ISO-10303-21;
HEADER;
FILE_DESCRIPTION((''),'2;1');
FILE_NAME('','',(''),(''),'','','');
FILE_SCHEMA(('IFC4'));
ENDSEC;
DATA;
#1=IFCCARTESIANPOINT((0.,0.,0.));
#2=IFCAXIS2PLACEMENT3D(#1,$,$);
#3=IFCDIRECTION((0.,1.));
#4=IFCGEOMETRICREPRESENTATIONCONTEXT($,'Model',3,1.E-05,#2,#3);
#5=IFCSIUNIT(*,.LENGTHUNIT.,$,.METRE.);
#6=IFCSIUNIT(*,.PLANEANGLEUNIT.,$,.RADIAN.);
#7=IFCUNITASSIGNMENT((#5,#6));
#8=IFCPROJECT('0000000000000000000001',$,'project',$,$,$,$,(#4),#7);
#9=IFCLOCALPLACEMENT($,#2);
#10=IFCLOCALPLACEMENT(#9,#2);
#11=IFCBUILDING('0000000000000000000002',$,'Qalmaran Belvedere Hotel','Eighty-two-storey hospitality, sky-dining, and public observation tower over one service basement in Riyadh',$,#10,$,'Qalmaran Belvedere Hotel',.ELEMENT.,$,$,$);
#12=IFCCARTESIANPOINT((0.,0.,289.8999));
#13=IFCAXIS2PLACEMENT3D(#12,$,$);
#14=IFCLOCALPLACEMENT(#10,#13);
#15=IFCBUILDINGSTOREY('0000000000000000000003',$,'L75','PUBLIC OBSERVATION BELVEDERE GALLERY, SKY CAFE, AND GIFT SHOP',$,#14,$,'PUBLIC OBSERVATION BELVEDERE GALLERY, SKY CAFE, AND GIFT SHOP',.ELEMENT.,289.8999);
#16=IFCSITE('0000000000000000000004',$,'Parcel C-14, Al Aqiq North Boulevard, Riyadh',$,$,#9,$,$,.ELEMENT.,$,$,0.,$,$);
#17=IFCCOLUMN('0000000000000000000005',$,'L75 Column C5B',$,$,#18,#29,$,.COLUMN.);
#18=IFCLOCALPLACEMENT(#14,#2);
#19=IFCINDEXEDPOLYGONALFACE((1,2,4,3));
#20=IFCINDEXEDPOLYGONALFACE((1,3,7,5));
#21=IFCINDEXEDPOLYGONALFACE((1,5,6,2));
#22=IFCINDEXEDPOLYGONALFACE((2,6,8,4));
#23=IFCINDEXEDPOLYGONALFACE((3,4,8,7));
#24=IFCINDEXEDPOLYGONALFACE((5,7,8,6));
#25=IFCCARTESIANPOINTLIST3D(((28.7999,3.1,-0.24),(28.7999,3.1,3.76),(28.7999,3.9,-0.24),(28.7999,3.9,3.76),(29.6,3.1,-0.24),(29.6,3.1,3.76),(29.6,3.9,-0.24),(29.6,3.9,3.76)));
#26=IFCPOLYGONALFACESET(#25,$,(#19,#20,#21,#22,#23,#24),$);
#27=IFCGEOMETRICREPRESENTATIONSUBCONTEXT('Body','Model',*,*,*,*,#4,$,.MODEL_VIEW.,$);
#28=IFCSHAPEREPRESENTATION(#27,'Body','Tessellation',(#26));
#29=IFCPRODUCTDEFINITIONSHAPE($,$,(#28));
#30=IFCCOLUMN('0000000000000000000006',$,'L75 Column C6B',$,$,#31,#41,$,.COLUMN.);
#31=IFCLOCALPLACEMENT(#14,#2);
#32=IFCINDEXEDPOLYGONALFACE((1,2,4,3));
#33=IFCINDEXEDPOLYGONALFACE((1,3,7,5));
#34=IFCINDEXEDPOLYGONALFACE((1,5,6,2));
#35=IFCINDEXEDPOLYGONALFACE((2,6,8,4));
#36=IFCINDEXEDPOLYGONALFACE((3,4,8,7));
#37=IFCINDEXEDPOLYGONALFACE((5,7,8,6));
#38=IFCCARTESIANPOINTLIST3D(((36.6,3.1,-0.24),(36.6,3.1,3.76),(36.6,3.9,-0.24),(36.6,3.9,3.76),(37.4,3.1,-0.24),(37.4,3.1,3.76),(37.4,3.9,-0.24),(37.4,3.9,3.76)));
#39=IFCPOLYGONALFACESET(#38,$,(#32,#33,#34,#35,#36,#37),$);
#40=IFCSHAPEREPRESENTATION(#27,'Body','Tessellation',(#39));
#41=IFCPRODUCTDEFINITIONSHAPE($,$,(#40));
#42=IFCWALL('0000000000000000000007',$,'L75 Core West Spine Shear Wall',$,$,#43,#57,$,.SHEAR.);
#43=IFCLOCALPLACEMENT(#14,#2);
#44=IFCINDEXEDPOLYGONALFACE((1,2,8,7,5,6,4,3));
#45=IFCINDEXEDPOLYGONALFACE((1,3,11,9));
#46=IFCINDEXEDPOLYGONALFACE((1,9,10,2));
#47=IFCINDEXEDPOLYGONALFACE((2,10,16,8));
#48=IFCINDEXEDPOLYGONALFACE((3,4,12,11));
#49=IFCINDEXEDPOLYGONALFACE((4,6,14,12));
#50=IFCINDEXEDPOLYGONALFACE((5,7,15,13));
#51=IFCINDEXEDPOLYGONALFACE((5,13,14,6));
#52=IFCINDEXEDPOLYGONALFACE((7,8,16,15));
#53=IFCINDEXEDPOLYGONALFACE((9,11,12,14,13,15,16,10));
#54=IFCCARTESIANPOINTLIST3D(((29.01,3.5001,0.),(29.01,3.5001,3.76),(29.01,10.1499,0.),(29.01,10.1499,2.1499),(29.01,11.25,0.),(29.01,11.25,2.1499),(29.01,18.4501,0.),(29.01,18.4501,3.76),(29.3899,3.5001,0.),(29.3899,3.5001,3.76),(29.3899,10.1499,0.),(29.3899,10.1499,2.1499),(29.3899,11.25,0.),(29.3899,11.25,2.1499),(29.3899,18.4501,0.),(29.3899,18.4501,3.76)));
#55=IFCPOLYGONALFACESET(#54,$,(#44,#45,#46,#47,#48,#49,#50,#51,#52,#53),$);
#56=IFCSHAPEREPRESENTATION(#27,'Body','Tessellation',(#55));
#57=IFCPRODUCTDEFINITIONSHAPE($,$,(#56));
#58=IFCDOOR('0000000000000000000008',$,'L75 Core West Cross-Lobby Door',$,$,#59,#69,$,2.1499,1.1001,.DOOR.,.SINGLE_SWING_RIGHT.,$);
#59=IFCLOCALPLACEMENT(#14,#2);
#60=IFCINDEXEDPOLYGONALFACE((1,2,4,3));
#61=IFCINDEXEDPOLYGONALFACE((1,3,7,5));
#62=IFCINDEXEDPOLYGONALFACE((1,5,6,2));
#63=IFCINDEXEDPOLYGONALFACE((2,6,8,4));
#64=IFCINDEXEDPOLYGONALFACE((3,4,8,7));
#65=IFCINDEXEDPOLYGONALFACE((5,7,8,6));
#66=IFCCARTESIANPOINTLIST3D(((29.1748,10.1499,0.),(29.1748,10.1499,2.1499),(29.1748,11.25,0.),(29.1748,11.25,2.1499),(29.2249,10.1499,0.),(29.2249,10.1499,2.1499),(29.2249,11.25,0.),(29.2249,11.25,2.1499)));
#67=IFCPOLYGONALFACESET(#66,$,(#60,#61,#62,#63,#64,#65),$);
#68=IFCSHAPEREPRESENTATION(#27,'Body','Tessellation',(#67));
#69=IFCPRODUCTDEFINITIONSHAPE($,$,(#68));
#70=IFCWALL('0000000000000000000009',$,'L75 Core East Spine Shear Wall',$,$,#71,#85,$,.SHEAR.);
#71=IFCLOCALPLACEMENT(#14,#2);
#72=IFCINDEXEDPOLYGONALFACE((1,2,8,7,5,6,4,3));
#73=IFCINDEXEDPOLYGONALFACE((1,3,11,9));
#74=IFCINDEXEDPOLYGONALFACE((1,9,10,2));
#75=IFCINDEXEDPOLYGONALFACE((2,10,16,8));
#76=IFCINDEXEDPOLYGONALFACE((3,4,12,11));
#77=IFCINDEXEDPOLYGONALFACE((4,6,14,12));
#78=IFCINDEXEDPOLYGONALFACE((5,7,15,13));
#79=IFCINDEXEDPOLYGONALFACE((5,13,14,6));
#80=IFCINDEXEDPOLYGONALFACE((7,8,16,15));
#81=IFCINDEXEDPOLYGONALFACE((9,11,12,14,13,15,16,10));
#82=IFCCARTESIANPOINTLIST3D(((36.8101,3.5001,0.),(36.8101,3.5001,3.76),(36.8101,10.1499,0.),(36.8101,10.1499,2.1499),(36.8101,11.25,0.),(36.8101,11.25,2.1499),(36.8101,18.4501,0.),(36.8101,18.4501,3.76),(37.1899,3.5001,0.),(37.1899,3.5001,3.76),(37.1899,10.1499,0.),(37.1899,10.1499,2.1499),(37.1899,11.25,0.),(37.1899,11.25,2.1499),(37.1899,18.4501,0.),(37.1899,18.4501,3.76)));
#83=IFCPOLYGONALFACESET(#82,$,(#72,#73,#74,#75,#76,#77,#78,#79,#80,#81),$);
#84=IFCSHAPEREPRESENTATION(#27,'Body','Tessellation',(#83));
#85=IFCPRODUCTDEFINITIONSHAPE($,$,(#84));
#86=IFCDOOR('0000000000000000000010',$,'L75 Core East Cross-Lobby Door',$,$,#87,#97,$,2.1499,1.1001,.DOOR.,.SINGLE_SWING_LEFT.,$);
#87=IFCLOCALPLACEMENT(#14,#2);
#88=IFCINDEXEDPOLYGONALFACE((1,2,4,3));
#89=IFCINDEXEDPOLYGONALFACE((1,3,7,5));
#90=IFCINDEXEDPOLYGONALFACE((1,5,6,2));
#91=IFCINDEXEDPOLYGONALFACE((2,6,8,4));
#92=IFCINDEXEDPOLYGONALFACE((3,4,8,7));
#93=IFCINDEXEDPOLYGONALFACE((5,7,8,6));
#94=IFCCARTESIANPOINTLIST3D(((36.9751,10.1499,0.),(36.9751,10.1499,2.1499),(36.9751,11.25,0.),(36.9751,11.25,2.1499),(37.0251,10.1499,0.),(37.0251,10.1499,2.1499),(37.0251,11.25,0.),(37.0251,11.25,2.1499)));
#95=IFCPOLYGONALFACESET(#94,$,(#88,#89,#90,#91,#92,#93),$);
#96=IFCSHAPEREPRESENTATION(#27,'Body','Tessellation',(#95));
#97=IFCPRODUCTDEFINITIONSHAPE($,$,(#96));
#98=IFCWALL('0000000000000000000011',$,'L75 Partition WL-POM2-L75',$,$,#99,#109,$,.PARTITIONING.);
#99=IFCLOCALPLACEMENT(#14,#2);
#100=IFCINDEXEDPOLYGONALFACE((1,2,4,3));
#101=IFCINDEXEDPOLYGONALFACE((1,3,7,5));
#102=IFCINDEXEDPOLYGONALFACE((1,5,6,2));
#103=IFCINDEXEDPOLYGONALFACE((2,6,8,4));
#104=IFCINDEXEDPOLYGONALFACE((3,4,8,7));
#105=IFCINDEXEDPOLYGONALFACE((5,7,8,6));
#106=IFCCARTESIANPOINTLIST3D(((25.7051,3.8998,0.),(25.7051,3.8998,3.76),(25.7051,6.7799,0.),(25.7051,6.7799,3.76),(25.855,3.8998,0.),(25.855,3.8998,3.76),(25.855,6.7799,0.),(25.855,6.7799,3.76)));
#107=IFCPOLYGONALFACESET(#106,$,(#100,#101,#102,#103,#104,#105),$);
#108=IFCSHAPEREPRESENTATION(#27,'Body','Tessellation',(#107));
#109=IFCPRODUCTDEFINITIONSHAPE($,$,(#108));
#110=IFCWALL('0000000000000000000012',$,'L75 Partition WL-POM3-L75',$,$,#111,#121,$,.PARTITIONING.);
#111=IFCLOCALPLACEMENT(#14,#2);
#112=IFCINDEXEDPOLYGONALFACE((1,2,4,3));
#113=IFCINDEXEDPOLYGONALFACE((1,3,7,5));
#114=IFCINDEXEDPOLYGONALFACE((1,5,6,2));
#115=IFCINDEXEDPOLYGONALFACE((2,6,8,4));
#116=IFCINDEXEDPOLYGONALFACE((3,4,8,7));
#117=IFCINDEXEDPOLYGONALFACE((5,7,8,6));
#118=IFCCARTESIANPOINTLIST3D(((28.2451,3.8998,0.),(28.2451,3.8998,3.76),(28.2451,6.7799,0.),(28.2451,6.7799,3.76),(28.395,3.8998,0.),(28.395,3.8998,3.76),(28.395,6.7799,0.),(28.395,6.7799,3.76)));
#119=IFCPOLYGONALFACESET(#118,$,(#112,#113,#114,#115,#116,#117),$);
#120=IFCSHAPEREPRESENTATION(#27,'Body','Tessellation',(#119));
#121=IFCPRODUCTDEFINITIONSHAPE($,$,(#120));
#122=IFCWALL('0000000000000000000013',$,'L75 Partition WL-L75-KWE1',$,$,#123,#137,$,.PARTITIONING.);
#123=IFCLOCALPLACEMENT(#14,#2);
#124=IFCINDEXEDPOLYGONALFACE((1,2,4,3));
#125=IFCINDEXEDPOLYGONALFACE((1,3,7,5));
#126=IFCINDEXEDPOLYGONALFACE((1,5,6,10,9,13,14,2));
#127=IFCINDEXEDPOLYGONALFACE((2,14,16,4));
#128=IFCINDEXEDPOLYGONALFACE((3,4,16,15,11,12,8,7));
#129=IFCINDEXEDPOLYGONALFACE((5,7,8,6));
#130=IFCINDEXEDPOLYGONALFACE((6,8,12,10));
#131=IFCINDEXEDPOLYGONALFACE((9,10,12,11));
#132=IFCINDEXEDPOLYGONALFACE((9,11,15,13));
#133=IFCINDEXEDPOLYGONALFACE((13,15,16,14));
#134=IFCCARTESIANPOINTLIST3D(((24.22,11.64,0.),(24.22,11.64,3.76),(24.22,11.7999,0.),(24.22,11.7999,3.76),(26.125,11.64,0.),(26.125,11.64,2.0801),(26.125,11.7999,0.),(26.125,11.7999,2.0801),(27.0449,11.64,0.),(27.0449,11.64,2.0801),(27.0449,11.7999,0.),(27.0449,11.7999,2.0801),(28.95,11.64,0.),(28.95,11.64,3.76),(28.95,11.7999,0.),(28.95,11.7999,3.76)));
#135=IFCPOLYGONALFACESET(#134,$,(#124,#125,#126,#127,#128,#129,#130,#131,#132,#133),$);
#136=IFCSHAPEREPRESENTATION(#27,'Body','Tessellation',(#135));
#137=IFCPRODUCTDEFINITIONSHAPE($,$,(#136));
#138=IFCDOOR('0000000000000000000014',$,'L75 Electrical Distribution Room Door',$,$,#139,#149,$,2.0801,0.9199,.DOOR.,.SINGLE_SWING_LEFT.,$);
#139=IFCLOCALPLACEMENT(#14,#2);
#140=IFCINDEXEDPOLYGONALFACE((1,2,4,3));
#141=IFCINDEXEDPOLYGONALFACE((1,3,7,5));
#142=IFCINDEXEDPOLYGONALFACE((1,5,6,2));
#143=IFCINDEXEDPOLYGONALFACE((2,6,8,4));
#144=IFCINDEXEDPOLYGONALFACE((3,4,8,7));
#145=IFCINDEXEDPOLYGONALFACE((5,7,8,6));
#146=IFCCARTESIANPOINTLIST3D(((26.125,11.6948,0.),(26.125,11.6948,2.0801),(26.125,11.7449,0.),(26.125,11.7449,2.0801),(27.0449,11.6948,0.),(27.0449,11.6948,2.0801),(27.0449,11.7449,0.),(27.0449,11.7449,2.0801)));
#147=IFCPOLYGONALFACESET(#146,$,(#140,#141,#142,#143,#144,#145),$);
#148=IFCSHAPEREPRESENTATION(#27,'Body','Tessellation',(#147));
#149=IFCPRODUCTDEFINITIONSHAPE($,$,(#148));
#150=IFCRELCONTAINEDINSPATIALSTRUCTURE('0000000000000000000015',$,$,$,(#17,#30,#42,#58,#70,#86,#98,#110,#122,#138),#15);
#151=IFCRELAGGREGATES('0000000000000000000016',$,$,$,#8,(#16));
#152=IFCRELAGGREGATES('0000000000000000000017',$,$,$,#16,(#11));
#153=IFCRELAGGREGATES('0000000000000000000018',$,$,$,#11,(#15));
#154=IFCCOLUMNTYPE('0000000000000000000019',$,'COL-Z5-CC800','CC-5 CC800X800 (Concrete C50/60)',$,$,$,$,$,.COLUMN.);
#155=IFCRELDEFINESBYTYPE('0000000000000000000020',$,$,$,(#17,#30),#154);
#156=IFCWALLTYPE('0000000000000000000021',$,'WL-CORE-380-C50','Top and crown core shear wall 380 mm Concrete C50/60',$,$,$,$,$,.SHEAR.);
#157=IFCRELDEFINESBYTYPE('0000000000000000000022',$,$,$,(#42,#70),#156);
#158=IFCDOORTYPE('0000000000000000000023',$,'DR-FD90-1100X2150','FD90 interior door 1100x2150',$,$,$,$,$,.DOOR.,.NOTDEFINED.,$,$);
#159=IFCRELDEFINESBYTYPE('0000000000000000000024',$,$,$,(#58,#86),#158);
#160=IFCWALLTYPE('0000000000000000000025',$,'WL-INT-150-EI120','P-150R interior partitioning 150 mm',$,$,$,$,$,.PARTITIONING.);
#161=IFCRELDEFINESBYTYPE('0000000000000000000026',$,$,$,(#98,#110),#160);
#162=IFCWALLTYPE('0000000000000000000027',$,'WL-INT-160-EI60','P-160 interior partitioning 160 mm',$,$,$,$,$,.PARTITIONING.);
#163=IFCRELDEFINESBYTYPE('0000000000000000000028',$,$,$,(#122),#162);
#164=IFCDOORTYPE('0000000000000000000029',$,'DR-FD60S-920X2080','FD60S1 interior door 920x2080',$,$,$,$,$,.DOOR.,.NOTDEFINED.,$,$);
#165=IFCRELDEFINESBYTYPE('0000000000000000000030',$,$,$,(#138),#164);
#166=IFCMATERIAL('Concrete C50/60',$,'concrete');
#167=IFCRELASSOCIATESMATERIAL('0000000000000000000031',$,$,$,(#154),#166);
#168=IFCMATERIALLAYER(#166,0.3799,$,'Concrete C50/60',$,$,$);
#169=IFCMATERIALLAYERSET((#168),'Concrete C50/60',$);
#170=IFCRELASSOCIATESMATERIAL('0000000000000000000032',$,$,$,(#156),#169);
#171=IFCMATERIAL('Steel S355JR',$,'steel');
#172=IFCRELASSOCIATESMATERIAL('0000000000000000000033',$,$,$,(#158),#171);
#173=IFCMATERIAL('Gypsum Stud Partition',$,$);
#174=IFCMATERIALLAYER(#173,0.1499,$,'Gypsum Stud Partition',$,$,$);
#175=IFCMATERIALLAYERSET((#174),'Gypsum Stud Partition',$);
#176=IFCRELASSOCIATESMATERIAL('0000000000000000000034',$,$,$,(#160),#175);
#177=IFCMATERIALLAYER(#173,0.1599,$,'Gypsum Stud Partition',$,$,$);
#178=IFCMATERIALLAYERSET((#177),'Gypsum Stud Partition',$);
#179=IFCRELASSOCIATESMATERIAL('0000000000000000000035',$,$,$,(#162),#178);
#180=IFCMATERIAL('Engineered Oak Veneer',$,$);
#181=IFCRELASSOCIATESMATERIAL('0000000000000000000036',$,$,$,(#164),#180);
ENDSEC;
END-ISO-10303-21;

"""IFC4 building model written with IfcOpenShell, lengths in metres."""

from ifc_helpers import new_model, si_unit, direction, frame, frame_2d, origin, origin_2d, place, context, subcontext, project, spatial, rectangle, extrude, material, layer, layer_set, material_profile, profile_set, type_object, element, fill, save


model = new_model("IFC4")

# Units and contexts
model_context = context("Model", 3, precision=1e-05, world=origin(), true_north=direction((0.0, 1.0)))
body_context = subcontext(model_context, "Body", "Model", "MODEL_VIEW")
ifc_project = project(units=[si_unit("LENGTHUNIT", "METRE"), si_unit("PLANEANGLEUNIT", "RADIAN")], contexts=[model_context])

# Site, building, storey
site_placement = place(None, origin())
site = spatial("IfcSite", under=ifc_project, at=site_placement, Name="Parcel C-14, Al Aqiq North Boulevard, Riyadh", CompositionType="ELEMENT", RefElevation=0.0)
building_placement = place(site_placement, origin())
building = spatial("IfcBuilding", under=site, at=building_placement, Name="Qalmaran Belvedere Hotel", Description="Eighty-two-storey hospitality, sky-dining, and public observation tower over one service basement in Riyadh", LongName="Qalmaran Belvedere Hotel", CompositionType="ELEMENT")
storey_placement = place(building_placement, frame((0.0, 0.0, 289.8999)))
storey = spatial("IfcBuildingStorey", under=building, at=storey_placement, Name="L75", Description="PUBLIC OBSERVATION BELVEDERE GALLERY, SKY CAFE, AND GIFT SHOP", LongName="PUBLIC OBSERVATION BELVEDERE GALLERY, SKY CAFE, AND GIFT SHOP", CompositionType="ELEMENT", Elevation=289.8999)

# Columns
ifc_material_1 = material(Name="Concrete C50/60", Category="concrete")
ifc_material_profile = material_profile(ifc_material_1, rectangle(XDim=0.8, YDim=0.8, at=origin_2d()), Name="CC800X800")
ifc_profile_set = profile_set([ifc_material_profile], Name="Concrete C50/60")
column_type = type_object("IfcColumnType", Name="COL-Z5-CC800", Description="CC-5 CC800X800 (Concrete C50/60)", PredefinedType="COLUMN", material=ifc_profile_set)
for number, where, z_axis, x_axis, name in (
    (1, (29.2, 3.5, -0.24), (0.0, 0.0, 1.0), (1.0, 0.0, 0.0), "L75 Column C5B"),
    (2, (37.0, 3.5, -0.24), (0.0, 0.0, 1.0), (1.0, 0.0, 0.0), "L75 Column C6B"),
):
    element("IfcColumn", number, at=place(storey_placement, frame(where, z_axis=z_axis, x_axis=x_axis)), inside=storey, type_object=column_type, Name=name, PredefinedType="COLUMN", context=body_context, shape_type="SweptSolid", body=[
        extrude(rectangle(XDim=0.8, YDim=0.8, at=origin_2d()), origin(), (0.0, 0.0, 1.0), 4.0),
    ])

# Walls, openings, doors
ifc_layer_1 = layer(ifc_material_1, 0.3799, Name="Concrete C50/60")
ifc_layer_set_1 = layer_set([ifc_layer_1], Name="Concrete C50/60")
wall_type_1 = type_object("IfcWallType", Name="WL-CORE-380-C50", Description="Top and crown core shear wall 380 mm Concrete C50/60", PredefinedType="SHEAR", material=ifc_layer_set_1)
wall_1_placement = place(storey_placement, frame((29.2, 3.5, 0.0), z_axis=(0.0, 0.0, 1.0), x_axis=(0.0, 1.0, 0.0)))
wall_1 = element("IfcWall", 3, at=wall_1_placement, inside=storey, type_object=wall_type_1, Name="L75 Core West Spine Shear Wall", PredefinedType="SHEAR", context=body_context, shape_type="SweptSolid", body=[
    extrude(rectangle(XDim=14.95, YDim=0.3799, at=frame_2d((7.4751, 0.0))), origin(), (0.0, 0.0, 1.0), 3.76),
])
opening_1_placement = place(wall_1_placement, frame((7.75, 0.0, 0.0), z_axis=(0.0, 0.0, 1.0), x_axis=(-1.0, 0.0, 0.0)))
opening_1 = element("IfcOpeningElement", 4, at=opening_1_placement, cuts=wall_1, PredefinedType="OPENING", context=body_context, shape_type="SweptSolid", body=[
    extrude(rectangle(XDim=1.1001, YDim=2.1499, at=frame_2d((0.55, 1.075))), frame((0.0, 0.2, 0.0), z_axis=(0.0, -1.0, 0.0), x_axis=(1.0, 0.0, 0.0)), (0.0, 0.0, 1.0), 0.3999),
])
ifc_material_2 = material(Name="Steel S355JR", Category="steel")
door_type_1 = type_object("IfcDoorType", Name="DR-FD90-1100X2150", Description="FD90 interior door 1100x2150", OperationType="NOTDEFINED", PredefinedType="DOOR", material=ifc_material_2)
door_1_placement = place(opening_1_placement, origin())
door_1 = element("IfcDoor", 5, at=door_1_placement, inside=storey, type_object=door_type_1, Name="L75 Core West Cross-Lobby Door", OperationType="SINGLE_SWING_RIGHT", OverallHeight=2.1499, OverallWidth=1.1001, PredefinedType="DOOR", context=body_context, shape_type="SweptSolid", body=[
    extrude(rectangle(XDim=1.1001, YDim=2.1499, at=frame_2d((0.55, 1.075))), frame((0.0, 0.0249, 0.0), z_axis=(0.0, -1.0, 0.0), x_axis=(1.0, 0.0, 0.0)), (0.0, 0.0, 1.0), 0.05),
])
fill(opening_1, door_1)
wall_2_placement = place(storey_placement, frame((37.0, 3.5, 0.0), z_axis=(0.0, 0.0, 1.0), x_axis=(0.0, 1.0, 0.0)))
wall_2 = element("IfcWall", 6, at=wall_2_placement, inside=storey, type_object=wall_type_1, Name="L75 Core East Spine Shear Wall", PredefinedType="SHEAR", context=body_context, shape_type="SweptSolid", body=[
    extrude(rectangle(XDim=14.95, YDim=0.3799, at=frame_2d((7.4751, 0.0))), origin(), (0.0, 0.0, 1.0), 3.76),
])
opening_2_placement = place(wall_2_placement, frame((6.6499, 0.0, 0.0)))
opening_2 = element("IfcOpeningElement", 7, at=opening_2_placement, cuts=wall_2, PredefinedType="OPENING", context=body_context, shape_type="SweptSolid", body=[
    extrude(rectangle(XDim=1.1001, YDim=2.1499, at=frame_2d((0.55, 1.075))), frame((0.0, 0.2, 0.0), z_axis=(0.0, -1.0, 0.0), x_axis=(1.0, 0.0, 0.0)), (0.0, 0.0, 1.0), 0.3999),
])
door_2_placement = place(opening_2_placement, origin())
door_2 = element("IfcDoor", 8, at=door_2_placement, inside=storey, type_object=door_type_1, Name="L75 Core East Cross-Lobby Door", OperationType="SINGLE_SWING_LEFT", OverallHeight=2.1499, OverallWidth=1.1001, PredefinedType="DOOR", context=body_context, shape_type="SweptSolid", body=[
    extrude(rectangle(XDim=1.1001, YDim=2.1499, at=frame_2d((0.55, 1.075))), frame((0.0, 0.0249, 0.0), z_axis=(0.0, -1.0, 0.0), x_axis=(1.0, 0.0, 0.0)), (0.0, 0.0, 1.0), 0.05),
])
fill(opening_2, door_2)

# Walls
ifc_material_3 = material(Name="Gypsum Stud Partition")
ifc_layer_2 = layer(ifc_material_3, 0.1499, Name="Gypsum Stud Partition")
ifc_layer_set_2 = layer_set([ifc_layer_2], Name="Gypsum Stud Partition")
wall_type_2 = type_object("IfcWallType", Name="WL-INT-150-EI120", Description="P-150R interior partitioning 150 mm", PredefinedType="PARTITIONING", material=ifc_layer_set_2)
for number, where, z_axis, x_axis, name in (
    (9, (25.78, 3.8999, 0.0), (0.0, 0.0, 1.0), (0.0, 1.0, 0.0), "L75 Partition WL-POM2-L75"),
    (10, (28.3201, 3.8999, 0.0), (0.0, 0.0, 1.0), (0.0, 1.0, 0.0), "L75 Partition WL-POM3-L75"),
):
    element("IfcWall", number, at=place(storey_placement, frame(where, z_axis=z_axis, x_axis=x_axis)), inside=storey, type_object=wall_type_2, Name=name, PredefinedType="PARTITIONING", context=body_context, shape_type="SweptSolid", body=[
        extrude(rectangle(XDim=2.8801, YDim=0.1499, at=frame_2d((1.4399, 0.0))), origin(), (0.0, 0.0, 1.0), 3.76),
    ])

# Wall, opening, door
ifc_layer_3 = layer(ifc_material_3, 0.1599, Name="Gypsum Stud Partition")
ifc_layer_set_3 = layer_set([ifc_layer_3], Name="Gypsum Stud Partition")
wall_type_3 = type_object("IfcWallType", Name="WL-INT-160-EI60", Description="P-160 interior partitioning 160 mm", PredefinedType="PARTITIONING", material=ifc_layer_set_3)
wall_3_placement = place(storey_placement, frame((24.22, 11.72, 0.0), z_axis=(0.0, 0.0, 1.0), x_axis=(1.0, 0.0, 0.0)))
wall_3 = element("IfcWall", 11, at=wall_3_placement, inside=storey, type_object=wall_type_3, Name="L75 Partition WL-L75-KWE1", PredefinedType="PARTITIONING", context=body_context, shape_type="SweptSolid", body=[
    extrude(rectangle(XDim=4.73, YDim=0.1599, at=frame_2d((2.365, 0.0))), origin(), (0.0, 0.0, 1.0), 3.76),
])
opening_3_placement = place(wall_3_placement, frame((1.905, 0.0, 0.0)))
opening_3 = element("IfcOpeningElement", 12, at=opening_3_placement, cuts=wall_3, PredefinedType="OPENING", context=body_context, shape_type="SweptSolid", body=[
    extrude(rectangle(XDim=0.9199, YDim=2.0801, at=frame_2d((0.46, 1.04))), frame((0.0, 0.0898, 0.0), z_axis=(0.0, -1.0, 0.0), x_axis=(1.0, 0.0, 0.0)), (0.0, 0.0, 1.0), 0.1799),
])
ifc_material_4 = material(Name="Engineered Oak Veneer")
door_type_2 = type_object("IfcDoorType", Name="DR-FD60S-920X2080", Description="FD60S1 interior door 920x2080", OperationType="NOTDEFINED", PredefinedType="DOOR", material=ifc_material_4)
door_3_placement = place(opening_3_placement, origin())
door_3 = element("IfcDoor", 13, at=door_3_placement, inside=storey, type_object=door_type_2, Name="L75 Electrical Distribution Room Door", OperationType="SINGLE_SWING_LEFT", OverallHeight=2.0801, OverallWidth=0.9199, PredefinedType="DOOR", context=body_context, shape_type="SweptSolid", body=[
    extrude(rectangle(XDim=0.9199, YDim=2.0801, at=frame_2d((0.46, 1.04))), frame((0.0, 0.0249, 0.0), z_axis=(0.0, -1.0, 0.0), x_axis=(1.0, 0.0, 0.0)), (0.0, 0.0, 1.0), 0.05),
])
fill(opening_3, door_3)

save(model, "model.ifc")
